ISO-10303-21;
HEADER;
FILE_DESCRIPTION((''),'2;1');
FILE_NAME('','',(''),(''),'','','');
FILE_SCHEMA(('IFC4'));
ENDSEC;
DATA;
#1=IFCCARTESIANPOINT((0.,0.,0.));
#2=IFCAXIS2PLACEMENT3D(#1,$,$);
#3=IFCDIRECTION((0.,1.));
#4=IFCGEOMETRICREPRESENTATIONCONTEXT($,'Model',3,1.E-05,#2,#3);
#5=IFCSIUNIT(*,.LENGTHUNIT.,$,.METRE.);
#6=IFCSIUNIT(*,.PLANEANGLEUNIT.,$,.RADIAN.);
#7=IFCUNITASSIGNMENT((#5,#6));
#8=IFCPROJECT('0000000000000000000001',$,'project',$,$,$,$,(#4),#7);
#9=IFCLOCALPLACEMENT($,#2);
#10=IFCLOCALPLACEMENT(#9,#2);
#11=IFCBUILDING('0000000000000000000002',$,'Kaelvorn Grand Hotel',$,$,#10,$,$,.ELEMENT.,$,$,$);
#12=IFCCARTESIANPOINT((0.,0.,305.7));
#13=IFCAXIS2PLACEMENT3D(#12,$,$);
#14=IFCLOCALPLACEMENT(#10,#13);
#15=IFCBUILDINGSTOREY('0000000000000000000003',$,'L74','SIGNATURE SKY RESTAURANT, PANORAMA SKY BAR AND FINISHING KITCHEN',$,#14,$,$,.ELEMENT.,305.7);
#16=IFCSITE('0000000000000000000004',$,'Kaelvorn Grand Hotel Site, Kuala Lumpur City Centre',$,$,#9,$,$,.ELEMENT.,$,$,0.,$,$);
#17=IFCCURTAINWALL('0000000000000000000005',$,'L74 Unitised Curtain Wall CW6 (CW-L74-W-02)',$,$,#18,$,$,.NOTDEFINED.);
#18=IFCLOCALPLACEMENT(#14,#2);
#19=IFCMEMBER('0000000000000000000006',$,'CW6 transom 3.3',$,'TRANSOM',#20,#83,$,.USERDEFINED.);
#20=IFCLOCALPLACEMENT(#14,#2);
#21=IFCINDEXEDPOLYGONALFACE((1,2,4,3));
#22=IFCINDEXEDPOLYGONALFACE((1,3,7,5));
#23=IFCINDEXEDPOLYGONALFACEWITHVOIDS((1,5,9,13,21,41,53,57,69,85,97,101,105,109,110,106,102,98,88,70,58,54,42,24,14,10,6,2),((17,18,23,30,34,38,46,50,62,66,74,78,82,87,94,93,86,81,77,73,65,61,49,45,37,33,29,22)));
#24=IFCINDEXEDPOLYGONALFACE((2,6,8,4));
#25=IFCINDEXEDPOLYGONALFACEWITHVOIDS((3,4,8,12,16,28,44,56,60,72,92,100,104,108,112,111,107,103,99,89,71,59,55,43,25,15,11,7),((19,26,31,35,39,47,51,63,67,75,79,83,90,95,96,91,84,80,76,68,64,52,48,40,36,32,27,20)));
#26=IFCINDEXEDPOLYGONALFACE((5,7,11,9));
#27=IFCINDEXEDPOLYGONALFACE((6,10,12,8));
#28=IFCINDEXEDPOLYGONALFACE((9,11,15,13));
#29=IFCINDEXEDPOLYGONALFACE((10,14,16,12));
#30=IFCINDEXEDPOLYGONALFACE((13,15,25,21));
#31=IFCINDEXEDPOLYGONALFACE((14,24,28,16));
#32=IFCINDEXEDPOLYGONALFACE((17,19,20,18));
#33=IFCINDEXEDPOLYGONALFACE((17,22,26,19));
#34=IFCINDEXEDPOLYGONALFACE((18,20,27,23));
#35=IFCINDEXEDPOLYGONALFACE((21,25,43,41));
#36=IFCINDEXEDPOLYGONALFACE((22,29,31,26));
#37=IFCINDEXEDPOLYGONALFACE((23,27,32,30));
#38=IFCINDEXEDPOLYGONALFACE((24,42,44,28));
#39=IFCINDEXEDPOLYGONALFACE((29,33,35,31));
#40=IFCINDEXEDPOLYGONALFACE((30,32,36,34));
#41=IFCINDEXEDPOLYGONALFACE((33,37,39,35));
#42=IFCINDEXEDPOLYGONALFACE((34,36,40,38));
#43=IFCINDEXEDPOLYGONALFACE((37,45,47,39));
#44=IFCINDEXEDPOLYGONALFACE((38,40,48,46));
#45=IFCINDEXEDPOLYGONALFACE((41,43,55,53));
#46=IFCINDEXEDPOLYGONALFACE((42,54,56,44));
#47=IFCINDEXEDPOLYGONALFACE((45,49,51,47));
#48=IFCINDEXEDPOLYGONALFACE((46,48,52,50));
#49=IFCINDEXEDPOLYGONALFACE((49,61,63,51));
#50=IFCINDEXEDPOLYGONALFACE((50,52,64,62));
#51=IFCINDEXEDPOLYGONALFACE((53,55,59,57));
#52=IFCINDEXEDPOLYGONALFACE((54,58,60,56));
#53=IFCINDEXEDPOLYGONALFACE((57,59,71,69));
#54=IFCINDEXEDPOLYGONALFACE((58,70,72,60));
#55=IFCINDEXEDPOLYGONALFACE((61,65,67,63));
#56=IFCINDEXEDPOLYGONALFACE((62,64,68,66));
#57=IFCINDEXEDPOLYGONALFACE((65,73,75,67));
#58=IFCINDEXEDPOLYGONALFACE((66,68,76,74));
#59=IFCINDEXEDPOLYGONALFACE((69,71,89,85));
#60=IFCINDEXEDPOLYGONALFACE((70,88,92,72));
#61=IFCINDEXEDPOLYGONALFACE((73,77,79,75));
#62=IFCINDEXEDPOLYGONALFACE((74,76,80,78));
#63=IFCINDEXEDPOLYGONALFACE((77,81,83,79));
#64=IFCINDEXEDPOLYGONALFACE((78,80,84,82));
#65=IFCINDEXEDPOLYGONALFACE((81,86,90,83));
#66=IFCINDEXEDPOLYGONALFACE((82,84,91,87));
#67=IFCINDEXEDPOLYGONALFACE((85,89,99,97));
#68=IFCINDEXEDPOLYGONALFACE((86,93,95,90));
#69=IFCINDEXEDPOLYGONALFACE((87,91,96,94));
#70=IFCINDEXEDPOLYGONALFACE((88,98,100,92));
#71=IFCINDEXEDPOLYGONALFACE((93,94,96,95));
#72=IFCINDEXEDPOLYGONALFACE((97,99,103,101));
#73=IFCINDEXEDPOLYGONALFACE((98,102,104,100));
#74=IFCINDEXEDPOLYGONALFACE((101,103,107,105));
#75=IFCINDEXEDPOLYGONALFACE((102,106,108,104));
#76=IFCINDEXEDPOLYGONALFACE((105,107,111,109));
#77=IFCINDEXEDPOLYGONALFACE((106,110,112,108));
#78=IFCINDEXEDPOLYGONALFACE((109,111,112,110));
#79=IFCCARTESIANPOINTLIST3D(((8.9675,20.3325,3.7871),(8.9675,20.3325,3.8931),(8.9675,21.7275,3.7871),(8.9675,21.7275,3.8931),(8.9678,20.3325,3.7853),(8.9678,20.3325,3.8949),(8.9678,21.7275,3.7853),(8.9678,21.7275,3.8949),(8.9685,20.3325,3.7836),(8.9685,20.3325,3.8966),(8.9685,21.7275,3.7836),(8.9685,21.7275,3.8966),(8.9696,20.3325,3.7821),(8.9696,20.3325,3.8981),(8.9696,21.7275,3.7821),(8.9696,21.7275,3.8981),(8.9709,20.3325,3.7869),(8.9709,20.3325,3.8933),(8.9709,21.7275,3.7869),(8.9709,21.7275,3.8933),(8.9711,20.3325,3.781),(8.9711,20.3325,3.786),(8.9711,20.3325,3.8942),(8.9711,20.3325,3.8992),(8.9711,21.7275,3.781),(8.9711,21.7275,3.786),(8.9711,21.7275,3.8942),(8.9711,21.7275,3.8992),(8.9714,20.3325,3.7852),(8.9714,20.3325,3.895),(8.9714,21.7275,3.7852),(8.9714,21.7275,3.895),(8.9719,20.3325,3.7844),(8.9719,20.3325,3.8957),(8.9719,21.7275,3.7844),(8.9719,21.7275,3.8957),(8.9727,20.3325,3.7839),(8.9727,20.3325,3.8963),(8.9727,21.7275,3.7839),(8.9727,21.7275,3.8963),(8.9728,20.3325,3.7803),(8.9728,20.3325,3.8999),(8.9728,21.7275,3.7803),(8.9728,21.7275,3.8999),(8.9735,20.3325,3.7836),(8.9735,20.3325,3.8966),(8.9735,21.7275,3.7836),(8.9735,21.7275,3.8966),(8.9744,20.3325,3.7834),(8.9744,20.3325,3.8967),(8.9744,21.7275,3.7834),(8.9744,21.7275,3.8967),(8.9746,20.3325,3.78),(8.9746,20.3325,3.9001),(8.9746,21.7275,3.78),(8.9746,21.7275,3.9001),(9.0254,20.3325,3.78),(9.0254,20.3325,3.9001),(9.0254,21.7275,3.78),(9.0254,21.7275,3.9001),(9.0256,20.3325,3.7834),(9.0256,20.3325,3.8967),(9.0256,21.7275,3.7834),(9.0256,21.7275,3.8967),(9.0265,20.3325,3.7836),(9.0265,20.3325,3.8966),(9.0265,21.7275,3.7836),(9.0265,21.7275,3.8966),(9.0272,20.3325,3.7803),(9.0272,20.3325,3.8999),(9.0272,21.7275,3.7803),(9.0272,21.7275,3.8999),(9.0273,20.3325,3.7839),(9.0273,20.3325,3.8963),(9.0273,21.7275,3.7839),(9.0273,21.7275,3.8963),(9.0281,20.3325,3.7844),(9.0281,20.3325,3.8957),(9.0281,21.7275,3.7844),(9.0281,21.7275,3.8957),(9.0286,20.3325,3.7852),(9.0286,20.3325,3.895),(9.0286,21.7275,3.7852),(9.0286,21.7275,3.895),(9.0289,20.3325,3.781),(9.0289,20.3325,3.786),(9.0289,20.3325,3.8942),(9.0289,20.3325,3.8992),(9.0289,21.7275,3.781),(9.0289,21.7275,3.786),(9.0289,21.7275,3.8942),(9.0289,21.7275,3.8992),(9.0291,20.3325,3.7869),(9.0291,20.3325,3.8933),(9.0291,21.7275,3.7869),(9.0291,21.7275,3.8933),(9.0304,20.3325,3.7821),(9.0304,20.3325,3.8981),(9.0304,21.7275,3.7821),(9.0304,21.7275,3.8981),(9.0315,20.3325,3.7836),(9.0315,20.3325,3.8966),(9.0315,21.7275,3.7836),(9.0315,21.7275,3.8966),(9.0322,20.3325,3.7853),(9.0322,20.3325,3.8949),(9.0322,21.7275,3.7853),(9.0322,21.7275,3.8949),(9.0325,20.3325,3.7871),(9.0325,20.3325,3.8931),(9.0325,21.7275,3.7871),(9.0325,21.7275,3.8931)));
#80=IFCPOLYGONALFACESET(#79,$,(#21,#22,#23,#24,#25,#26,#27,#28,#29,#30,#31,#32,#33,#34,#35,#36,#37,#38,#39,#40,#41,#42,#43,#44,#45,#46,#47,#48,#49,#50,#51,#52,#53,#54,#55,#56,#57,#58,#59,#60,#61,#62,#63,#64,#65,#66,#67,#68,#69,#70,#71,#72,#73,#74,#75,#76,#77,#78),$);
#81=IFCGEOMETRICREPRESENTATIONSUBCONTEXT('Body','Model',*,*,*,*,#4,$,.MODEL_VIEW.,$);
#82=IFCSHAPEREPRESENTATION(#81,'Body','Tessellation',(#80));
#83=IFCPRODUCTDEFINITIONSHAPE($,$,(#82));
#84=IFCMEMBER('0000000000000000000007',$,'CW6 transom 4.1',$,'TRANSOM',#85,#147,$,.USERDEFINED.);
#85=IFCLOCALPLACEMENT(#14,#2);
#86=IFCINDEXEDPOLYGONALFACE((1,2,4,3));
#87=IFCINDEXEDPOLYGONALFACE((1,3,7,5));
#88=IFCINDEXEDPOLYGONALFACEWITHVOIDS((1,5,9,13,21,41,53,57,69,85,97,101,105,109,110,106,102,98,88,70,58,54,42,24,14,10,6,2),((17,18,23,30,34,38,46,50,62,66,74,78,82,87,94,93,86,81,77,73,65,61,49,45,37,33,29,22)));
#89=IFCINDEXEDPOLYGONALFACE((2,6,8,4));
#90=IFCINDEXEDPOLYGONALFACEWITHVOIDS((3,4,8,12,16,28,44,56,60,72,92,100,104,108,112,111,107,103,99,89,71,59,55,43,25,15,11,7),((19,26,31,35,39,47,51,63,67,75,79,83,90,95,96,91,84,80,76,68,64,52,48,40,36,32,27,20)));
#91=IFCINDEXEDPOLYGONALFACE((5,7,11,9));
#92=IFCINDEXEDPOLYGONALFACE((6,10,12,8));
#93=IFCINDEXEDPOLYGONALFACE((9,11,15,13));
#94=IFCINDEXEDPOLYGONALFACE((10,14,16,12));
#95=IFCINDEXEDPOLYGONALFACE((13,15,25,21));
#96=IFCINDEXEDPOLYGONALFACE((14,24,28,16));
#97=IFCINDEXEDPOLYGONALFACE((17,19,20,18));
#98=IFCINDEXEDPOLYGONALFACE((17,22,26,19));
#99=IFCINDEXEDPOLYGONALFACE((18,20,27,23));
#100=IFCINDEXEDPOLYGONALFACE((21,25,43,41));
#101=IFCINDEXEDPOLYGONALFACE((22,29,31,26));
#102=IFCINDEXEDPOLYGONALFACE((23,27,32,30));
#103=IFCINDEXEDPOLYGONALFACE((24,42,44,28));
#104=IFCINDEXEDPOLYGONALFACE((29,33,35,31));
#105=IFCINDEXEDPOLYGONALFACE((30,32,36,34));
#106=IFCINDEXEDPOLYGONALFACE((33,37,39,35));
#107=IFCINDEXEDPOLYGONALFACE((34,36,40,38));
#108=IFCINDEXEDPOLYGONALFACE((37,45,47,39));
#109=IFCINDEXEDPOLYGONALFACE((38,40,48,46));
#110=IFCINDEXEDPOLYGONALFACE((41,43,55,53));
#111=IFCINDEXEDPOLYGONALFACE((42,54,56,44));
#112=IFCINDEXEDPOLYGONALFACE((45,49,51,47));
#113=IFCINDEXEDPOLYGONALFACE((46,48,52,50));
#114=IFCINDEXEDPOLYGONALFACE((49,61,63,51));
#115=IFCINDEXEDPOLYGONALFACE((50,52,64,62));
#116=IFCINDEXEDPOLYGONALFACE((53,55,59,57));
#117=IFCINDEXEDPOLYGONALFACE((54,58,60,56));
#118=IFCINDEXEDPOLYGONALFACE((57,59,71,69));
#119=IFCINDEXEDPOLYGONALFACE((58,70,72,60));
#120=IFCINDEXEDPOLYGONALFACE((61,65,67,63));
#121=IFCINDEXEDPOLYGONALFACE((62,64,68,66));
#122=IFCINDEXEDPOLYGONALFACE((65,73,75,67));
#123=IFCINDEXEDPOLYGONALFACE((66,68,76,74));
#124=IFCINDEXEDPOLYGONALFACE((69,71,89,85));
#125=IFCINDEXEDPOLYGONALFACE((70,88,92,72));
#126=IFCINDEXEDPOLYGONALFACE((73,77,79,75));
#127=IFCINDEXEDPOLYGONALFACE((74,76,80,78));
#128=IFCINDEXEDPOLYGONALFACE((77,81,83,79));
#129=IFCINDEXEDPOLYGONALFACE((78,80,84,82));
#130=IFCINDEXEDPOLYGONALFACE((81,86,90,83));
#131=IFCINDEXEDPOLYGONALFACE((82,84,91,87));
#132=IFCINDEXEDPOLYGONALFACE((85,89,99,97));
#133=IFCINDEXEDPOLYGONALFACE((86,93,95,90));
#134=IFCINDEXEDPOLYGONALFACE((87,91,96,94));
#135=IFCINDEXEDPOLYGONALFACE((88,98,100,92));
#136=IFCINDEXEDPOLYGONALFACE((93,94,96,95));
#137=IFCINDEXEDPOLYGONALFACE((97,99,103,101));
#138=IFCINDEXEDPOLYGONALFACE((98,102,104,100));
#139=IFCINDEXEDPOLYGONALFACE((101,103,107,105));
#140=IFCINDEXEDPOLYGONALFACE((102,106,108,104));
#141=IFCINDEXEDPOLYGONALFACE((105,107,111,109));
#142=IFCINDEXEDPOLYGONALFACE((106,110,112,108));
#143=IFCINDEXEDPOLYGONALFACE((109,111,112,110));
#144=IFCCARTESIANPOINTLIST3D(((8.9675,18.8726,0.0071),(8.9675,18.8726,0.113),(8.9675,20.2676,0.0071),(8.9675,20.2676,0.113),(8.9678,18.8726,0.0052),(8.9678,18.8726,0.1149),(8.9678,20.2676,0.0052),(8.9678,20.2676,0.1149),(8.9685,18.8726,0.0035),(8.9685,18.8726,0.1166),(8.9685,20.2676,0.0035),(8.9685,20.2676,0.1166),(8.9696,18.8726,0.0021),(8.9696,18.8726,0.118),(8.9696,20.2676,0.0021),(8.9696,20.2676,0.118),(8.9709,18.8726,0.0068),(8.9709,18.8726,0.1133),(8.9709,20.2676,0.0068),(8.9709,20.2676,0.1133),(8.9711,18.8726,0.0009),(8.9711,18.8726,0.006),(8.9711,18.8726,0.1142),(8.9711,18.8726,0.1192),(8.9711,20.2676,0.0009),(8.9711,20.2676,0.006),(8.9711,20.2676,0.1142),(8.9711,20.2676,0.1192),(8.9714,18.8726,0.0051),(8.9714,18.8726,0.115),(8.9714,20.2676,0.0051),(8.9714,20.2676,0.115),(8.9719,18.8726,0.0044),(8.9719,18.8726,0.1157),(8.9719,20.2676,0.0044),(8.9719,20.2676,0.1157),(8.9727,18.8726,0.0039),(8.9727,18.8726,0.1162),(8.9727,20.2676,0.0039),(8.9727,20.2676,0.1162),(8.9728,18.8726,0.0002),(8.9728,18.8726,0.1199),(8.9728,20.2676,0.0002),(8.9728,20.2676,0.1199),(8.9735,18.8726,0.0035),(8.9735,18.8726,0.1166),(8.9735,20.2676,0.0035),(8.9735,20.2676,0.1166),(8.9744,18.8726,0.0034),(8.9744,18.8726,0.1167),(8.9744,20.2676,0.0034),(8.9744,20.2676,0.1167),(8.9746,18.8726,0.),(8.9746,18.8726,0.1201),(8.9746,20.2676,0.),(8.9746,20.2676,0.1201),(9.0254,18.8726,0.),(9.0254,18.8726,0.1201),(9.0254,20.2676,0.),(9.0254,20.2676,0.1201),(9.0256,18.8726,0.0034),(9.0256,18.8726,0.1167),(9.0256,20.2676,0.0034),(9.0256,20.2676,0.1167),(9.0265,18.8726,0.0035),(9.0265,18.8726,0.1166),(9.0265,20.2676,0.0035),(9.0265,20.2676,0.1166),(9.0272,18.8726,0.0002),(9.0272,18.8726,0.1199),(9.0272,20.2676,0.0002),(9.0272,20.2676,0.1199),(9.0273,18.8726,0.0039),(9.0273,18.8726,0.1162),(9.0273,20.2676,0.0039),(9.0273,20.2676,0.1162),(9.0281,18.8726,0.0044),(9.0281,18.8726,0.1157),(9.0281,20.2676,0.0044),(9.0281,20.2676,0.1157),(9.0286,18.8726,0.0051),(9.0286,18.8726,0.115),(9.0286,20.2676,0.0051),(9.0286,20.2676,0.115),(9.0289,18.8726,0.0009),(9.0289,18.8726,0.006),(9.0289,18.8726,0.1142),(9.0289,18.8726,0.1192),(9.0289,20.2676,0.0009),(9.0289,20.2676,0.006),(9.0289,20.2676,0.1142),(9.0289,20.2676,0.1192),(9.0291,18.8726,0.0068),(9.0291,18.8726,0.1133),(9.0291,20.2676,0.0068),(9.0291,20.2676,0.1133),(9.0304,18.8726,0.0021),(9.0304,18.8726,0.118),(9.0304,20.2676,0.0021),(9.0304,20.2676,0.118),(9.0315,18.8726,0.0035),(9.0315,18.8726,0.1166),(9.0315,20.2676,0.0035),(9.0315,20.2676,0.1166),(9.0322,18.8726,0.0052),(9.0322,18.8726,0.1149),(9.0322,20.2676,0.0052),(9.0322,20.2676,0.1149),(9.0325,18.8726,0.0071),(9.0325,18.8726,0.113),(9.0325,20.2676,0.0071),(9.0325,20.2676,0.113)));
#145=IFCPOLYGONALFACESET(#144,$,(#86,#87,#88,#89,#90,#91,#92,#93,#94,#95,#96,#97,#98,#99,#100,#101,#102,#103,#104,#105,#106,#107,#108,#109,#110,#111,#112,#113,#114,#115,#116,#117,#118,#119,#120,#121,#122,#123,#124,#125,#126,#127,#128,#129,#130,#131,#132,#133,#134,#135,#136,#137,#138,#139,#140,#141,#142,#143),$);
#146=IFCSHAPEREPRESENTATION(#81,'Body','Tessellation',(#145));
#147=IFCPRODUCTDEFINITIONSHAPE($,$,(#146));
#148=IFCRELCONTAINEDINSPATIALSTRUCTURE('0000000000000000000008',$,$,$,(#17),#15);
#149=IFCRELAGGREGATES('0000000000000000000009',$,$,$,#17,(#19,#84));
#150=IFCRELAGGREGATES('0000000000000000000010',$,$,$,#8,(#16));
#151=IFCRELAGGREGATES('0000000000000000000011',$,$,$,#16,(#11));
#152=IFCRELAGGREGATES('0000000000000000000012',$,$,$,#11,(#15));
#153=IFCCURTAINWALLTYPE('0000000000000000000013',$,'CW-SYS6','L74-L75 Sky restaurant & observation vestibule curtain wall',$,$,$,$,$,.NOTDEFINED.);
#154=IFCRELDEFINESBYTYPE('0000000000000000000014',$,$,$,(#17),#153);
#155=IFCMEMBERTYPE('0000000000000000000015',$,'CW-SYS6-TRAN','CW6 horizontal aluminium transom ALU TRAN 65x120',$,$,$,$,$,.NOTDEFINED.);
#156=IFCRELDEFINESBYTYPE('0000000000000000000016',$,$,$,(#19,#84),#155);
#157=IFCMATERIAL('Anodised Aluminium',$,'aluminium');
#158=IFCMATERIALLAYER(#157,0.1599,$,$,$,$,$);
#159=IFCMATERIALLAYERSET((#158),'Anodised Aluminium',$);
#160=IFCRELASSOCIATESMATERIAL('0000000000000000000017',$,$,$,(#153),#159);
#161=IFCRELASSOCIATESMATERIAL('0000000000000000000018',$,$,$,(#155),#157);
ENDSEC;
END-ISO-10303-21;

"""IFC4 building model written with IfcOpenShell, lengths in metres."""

from ifc_helpers import new_model, si_unit, direction, frame, origin, origin_2d, place, context, subcontext, project, spatial, hollow_rectangle, extrude, material, layer, layer_set, material_profile, profile_set, type_object, element, aggregate, save


model = new_model("IFC4")

# Units and contexts
model_context = context("Model", 3, precision=1e-05, world=origin(), true_north=direction((0.0, 1.0)))
body_context = subcontext(model_context, "Body", "Model", "MODEL_VIEW")
ifc_project = project(units=[si_unit("LENGTHUNIT", "METRE"), si_unit("PLANEANGLEUNIT", "RADIAN")], contexts=[model_context])

# Site, building, storey
site_placement = place(None, origin())
site = spatial("IfcSite", under=ifc_project, at=site_placement, Name="Kaelvorn Grand Hotel Site, Kuala Lumpur City Centre", CompositionType="ELEMENT", RefElevation=0.0)
building_placement = place(site_placement, origin())
building = spatial("IfcBuilding", under=site, at=building_placement, Name="Kaelvorn Grand Hotel", CompositionType="ELEMENT")
storey_placement = place(building_placement, frame((0.0, 0.0, 305.7)))
storey = spatial("IfcBuildingStorey", under=building, at=storey_placement, Name="L74", Description="SIGNATURE SKY RESTAURANT, PANORAMA SKY BAR AND FINISHING KITCHEN", CompositionType="ELEMENT", Elevation=305.7)

# Curtain wall, members
ifc_material_1 = material(Name="Anodised Aluminium", Category="aluminium")
ifc_layer_1 = layer(ifc_material_1, 0.1599)
ifc_layer_set_1 = layer_set([ifc_layer_1], Name="Anodised Aluminium")
curtain_wall_type = type_object("IfcCurtainWallType", Name="CW-SYS6", Description="L74-L75 Sky restaurant & observation vestibule curtain wall", PredefinedType="NOTDEFINED", material=ifc_layer_set_1)
curtain_wall_placement = place(storey_placement, origin())
curtain_wall = element("IfcCurtainWall", 1, at=curtain_wall_placement, inside=storey, type_object=curtain_wall_type, Name="L74 Unitised Curtain Wall CW6 (CW-L74-W-02)", PredefinedType="NOTDEFINED")
ifc_material_profile_1 = material_profile(ifc_material_1, hollow_rectangle(XDim=0.0649, YDim=0.1201, WallThickness=0.0034, InnerFilletRadius=0.0034, OuterFilletRadius=0.0071, at=origin_2d()), Name="ALU TRAN 65x120")
ifc_profile_set_1 = profile_set([ifc_material_profile_1], Name="Anodised Aluminium")
member_type_1 = type_object("IfcMemberType", Name="CW-SYS6-TRAN", Description="CW6 horizontal aluminium transom ALU TRAN 65x120", PredefinedType="NOTDEFINED", material=ifc_profile_set_1)
member_1_placement = place(storey_placement, frame((9.0, 21.7275, 3.8401), z_axis=(0.0, -1.0, 0.0), x_axis=(1.0, 0.0, 0.0)))
member_1 = element("IfcMember", 2, at=member_1_placement, type_object=member_type_1, Name="CW6 transom 3.3", ObjectType="TRANSOM", PredefinedType="USERDEFINED", context=body_context, shape_type="SweptSolid", body=[
    extrude(hollow_rectangle(XDim=0.0649, YDim=0.1201, WallThickness=0.0034, InnerFilletRadius=0.0034, OuterFilletRadius=0.0071, at=origin_2d()), origin(), (0.0, 0.0, 1.0), 1.395),
])
member_2_placement = place(storey_placement, frame((9.0, 20.2676, 0.0601), z_axis=(0.0, -1.0, 0.0), x_axis=(1.0, 0.0, 0.0)))
member_2 = element("IfcMember", 3, at=member_2_placement, type_object=member_type_1, Name="CW6 transom 4.1", ObjectType="TRANSOM", PredefinedType="USERDEFINED", context=body_context, shape_type="SweptSolid", body=[
    extrude(hollow_rectangle(XDim=0.0649, YDim=0.1201, WallThickness=0.0034, InnerFilletRadius=0.0034, OuterFilletRadius=0.0071, at=origin_2d()), origin(), (0.0, 0.0, 1.0), 1.395),
])
aggregate(curtain_wall, [member_1, member_2])

save(model, "model.ifc")
